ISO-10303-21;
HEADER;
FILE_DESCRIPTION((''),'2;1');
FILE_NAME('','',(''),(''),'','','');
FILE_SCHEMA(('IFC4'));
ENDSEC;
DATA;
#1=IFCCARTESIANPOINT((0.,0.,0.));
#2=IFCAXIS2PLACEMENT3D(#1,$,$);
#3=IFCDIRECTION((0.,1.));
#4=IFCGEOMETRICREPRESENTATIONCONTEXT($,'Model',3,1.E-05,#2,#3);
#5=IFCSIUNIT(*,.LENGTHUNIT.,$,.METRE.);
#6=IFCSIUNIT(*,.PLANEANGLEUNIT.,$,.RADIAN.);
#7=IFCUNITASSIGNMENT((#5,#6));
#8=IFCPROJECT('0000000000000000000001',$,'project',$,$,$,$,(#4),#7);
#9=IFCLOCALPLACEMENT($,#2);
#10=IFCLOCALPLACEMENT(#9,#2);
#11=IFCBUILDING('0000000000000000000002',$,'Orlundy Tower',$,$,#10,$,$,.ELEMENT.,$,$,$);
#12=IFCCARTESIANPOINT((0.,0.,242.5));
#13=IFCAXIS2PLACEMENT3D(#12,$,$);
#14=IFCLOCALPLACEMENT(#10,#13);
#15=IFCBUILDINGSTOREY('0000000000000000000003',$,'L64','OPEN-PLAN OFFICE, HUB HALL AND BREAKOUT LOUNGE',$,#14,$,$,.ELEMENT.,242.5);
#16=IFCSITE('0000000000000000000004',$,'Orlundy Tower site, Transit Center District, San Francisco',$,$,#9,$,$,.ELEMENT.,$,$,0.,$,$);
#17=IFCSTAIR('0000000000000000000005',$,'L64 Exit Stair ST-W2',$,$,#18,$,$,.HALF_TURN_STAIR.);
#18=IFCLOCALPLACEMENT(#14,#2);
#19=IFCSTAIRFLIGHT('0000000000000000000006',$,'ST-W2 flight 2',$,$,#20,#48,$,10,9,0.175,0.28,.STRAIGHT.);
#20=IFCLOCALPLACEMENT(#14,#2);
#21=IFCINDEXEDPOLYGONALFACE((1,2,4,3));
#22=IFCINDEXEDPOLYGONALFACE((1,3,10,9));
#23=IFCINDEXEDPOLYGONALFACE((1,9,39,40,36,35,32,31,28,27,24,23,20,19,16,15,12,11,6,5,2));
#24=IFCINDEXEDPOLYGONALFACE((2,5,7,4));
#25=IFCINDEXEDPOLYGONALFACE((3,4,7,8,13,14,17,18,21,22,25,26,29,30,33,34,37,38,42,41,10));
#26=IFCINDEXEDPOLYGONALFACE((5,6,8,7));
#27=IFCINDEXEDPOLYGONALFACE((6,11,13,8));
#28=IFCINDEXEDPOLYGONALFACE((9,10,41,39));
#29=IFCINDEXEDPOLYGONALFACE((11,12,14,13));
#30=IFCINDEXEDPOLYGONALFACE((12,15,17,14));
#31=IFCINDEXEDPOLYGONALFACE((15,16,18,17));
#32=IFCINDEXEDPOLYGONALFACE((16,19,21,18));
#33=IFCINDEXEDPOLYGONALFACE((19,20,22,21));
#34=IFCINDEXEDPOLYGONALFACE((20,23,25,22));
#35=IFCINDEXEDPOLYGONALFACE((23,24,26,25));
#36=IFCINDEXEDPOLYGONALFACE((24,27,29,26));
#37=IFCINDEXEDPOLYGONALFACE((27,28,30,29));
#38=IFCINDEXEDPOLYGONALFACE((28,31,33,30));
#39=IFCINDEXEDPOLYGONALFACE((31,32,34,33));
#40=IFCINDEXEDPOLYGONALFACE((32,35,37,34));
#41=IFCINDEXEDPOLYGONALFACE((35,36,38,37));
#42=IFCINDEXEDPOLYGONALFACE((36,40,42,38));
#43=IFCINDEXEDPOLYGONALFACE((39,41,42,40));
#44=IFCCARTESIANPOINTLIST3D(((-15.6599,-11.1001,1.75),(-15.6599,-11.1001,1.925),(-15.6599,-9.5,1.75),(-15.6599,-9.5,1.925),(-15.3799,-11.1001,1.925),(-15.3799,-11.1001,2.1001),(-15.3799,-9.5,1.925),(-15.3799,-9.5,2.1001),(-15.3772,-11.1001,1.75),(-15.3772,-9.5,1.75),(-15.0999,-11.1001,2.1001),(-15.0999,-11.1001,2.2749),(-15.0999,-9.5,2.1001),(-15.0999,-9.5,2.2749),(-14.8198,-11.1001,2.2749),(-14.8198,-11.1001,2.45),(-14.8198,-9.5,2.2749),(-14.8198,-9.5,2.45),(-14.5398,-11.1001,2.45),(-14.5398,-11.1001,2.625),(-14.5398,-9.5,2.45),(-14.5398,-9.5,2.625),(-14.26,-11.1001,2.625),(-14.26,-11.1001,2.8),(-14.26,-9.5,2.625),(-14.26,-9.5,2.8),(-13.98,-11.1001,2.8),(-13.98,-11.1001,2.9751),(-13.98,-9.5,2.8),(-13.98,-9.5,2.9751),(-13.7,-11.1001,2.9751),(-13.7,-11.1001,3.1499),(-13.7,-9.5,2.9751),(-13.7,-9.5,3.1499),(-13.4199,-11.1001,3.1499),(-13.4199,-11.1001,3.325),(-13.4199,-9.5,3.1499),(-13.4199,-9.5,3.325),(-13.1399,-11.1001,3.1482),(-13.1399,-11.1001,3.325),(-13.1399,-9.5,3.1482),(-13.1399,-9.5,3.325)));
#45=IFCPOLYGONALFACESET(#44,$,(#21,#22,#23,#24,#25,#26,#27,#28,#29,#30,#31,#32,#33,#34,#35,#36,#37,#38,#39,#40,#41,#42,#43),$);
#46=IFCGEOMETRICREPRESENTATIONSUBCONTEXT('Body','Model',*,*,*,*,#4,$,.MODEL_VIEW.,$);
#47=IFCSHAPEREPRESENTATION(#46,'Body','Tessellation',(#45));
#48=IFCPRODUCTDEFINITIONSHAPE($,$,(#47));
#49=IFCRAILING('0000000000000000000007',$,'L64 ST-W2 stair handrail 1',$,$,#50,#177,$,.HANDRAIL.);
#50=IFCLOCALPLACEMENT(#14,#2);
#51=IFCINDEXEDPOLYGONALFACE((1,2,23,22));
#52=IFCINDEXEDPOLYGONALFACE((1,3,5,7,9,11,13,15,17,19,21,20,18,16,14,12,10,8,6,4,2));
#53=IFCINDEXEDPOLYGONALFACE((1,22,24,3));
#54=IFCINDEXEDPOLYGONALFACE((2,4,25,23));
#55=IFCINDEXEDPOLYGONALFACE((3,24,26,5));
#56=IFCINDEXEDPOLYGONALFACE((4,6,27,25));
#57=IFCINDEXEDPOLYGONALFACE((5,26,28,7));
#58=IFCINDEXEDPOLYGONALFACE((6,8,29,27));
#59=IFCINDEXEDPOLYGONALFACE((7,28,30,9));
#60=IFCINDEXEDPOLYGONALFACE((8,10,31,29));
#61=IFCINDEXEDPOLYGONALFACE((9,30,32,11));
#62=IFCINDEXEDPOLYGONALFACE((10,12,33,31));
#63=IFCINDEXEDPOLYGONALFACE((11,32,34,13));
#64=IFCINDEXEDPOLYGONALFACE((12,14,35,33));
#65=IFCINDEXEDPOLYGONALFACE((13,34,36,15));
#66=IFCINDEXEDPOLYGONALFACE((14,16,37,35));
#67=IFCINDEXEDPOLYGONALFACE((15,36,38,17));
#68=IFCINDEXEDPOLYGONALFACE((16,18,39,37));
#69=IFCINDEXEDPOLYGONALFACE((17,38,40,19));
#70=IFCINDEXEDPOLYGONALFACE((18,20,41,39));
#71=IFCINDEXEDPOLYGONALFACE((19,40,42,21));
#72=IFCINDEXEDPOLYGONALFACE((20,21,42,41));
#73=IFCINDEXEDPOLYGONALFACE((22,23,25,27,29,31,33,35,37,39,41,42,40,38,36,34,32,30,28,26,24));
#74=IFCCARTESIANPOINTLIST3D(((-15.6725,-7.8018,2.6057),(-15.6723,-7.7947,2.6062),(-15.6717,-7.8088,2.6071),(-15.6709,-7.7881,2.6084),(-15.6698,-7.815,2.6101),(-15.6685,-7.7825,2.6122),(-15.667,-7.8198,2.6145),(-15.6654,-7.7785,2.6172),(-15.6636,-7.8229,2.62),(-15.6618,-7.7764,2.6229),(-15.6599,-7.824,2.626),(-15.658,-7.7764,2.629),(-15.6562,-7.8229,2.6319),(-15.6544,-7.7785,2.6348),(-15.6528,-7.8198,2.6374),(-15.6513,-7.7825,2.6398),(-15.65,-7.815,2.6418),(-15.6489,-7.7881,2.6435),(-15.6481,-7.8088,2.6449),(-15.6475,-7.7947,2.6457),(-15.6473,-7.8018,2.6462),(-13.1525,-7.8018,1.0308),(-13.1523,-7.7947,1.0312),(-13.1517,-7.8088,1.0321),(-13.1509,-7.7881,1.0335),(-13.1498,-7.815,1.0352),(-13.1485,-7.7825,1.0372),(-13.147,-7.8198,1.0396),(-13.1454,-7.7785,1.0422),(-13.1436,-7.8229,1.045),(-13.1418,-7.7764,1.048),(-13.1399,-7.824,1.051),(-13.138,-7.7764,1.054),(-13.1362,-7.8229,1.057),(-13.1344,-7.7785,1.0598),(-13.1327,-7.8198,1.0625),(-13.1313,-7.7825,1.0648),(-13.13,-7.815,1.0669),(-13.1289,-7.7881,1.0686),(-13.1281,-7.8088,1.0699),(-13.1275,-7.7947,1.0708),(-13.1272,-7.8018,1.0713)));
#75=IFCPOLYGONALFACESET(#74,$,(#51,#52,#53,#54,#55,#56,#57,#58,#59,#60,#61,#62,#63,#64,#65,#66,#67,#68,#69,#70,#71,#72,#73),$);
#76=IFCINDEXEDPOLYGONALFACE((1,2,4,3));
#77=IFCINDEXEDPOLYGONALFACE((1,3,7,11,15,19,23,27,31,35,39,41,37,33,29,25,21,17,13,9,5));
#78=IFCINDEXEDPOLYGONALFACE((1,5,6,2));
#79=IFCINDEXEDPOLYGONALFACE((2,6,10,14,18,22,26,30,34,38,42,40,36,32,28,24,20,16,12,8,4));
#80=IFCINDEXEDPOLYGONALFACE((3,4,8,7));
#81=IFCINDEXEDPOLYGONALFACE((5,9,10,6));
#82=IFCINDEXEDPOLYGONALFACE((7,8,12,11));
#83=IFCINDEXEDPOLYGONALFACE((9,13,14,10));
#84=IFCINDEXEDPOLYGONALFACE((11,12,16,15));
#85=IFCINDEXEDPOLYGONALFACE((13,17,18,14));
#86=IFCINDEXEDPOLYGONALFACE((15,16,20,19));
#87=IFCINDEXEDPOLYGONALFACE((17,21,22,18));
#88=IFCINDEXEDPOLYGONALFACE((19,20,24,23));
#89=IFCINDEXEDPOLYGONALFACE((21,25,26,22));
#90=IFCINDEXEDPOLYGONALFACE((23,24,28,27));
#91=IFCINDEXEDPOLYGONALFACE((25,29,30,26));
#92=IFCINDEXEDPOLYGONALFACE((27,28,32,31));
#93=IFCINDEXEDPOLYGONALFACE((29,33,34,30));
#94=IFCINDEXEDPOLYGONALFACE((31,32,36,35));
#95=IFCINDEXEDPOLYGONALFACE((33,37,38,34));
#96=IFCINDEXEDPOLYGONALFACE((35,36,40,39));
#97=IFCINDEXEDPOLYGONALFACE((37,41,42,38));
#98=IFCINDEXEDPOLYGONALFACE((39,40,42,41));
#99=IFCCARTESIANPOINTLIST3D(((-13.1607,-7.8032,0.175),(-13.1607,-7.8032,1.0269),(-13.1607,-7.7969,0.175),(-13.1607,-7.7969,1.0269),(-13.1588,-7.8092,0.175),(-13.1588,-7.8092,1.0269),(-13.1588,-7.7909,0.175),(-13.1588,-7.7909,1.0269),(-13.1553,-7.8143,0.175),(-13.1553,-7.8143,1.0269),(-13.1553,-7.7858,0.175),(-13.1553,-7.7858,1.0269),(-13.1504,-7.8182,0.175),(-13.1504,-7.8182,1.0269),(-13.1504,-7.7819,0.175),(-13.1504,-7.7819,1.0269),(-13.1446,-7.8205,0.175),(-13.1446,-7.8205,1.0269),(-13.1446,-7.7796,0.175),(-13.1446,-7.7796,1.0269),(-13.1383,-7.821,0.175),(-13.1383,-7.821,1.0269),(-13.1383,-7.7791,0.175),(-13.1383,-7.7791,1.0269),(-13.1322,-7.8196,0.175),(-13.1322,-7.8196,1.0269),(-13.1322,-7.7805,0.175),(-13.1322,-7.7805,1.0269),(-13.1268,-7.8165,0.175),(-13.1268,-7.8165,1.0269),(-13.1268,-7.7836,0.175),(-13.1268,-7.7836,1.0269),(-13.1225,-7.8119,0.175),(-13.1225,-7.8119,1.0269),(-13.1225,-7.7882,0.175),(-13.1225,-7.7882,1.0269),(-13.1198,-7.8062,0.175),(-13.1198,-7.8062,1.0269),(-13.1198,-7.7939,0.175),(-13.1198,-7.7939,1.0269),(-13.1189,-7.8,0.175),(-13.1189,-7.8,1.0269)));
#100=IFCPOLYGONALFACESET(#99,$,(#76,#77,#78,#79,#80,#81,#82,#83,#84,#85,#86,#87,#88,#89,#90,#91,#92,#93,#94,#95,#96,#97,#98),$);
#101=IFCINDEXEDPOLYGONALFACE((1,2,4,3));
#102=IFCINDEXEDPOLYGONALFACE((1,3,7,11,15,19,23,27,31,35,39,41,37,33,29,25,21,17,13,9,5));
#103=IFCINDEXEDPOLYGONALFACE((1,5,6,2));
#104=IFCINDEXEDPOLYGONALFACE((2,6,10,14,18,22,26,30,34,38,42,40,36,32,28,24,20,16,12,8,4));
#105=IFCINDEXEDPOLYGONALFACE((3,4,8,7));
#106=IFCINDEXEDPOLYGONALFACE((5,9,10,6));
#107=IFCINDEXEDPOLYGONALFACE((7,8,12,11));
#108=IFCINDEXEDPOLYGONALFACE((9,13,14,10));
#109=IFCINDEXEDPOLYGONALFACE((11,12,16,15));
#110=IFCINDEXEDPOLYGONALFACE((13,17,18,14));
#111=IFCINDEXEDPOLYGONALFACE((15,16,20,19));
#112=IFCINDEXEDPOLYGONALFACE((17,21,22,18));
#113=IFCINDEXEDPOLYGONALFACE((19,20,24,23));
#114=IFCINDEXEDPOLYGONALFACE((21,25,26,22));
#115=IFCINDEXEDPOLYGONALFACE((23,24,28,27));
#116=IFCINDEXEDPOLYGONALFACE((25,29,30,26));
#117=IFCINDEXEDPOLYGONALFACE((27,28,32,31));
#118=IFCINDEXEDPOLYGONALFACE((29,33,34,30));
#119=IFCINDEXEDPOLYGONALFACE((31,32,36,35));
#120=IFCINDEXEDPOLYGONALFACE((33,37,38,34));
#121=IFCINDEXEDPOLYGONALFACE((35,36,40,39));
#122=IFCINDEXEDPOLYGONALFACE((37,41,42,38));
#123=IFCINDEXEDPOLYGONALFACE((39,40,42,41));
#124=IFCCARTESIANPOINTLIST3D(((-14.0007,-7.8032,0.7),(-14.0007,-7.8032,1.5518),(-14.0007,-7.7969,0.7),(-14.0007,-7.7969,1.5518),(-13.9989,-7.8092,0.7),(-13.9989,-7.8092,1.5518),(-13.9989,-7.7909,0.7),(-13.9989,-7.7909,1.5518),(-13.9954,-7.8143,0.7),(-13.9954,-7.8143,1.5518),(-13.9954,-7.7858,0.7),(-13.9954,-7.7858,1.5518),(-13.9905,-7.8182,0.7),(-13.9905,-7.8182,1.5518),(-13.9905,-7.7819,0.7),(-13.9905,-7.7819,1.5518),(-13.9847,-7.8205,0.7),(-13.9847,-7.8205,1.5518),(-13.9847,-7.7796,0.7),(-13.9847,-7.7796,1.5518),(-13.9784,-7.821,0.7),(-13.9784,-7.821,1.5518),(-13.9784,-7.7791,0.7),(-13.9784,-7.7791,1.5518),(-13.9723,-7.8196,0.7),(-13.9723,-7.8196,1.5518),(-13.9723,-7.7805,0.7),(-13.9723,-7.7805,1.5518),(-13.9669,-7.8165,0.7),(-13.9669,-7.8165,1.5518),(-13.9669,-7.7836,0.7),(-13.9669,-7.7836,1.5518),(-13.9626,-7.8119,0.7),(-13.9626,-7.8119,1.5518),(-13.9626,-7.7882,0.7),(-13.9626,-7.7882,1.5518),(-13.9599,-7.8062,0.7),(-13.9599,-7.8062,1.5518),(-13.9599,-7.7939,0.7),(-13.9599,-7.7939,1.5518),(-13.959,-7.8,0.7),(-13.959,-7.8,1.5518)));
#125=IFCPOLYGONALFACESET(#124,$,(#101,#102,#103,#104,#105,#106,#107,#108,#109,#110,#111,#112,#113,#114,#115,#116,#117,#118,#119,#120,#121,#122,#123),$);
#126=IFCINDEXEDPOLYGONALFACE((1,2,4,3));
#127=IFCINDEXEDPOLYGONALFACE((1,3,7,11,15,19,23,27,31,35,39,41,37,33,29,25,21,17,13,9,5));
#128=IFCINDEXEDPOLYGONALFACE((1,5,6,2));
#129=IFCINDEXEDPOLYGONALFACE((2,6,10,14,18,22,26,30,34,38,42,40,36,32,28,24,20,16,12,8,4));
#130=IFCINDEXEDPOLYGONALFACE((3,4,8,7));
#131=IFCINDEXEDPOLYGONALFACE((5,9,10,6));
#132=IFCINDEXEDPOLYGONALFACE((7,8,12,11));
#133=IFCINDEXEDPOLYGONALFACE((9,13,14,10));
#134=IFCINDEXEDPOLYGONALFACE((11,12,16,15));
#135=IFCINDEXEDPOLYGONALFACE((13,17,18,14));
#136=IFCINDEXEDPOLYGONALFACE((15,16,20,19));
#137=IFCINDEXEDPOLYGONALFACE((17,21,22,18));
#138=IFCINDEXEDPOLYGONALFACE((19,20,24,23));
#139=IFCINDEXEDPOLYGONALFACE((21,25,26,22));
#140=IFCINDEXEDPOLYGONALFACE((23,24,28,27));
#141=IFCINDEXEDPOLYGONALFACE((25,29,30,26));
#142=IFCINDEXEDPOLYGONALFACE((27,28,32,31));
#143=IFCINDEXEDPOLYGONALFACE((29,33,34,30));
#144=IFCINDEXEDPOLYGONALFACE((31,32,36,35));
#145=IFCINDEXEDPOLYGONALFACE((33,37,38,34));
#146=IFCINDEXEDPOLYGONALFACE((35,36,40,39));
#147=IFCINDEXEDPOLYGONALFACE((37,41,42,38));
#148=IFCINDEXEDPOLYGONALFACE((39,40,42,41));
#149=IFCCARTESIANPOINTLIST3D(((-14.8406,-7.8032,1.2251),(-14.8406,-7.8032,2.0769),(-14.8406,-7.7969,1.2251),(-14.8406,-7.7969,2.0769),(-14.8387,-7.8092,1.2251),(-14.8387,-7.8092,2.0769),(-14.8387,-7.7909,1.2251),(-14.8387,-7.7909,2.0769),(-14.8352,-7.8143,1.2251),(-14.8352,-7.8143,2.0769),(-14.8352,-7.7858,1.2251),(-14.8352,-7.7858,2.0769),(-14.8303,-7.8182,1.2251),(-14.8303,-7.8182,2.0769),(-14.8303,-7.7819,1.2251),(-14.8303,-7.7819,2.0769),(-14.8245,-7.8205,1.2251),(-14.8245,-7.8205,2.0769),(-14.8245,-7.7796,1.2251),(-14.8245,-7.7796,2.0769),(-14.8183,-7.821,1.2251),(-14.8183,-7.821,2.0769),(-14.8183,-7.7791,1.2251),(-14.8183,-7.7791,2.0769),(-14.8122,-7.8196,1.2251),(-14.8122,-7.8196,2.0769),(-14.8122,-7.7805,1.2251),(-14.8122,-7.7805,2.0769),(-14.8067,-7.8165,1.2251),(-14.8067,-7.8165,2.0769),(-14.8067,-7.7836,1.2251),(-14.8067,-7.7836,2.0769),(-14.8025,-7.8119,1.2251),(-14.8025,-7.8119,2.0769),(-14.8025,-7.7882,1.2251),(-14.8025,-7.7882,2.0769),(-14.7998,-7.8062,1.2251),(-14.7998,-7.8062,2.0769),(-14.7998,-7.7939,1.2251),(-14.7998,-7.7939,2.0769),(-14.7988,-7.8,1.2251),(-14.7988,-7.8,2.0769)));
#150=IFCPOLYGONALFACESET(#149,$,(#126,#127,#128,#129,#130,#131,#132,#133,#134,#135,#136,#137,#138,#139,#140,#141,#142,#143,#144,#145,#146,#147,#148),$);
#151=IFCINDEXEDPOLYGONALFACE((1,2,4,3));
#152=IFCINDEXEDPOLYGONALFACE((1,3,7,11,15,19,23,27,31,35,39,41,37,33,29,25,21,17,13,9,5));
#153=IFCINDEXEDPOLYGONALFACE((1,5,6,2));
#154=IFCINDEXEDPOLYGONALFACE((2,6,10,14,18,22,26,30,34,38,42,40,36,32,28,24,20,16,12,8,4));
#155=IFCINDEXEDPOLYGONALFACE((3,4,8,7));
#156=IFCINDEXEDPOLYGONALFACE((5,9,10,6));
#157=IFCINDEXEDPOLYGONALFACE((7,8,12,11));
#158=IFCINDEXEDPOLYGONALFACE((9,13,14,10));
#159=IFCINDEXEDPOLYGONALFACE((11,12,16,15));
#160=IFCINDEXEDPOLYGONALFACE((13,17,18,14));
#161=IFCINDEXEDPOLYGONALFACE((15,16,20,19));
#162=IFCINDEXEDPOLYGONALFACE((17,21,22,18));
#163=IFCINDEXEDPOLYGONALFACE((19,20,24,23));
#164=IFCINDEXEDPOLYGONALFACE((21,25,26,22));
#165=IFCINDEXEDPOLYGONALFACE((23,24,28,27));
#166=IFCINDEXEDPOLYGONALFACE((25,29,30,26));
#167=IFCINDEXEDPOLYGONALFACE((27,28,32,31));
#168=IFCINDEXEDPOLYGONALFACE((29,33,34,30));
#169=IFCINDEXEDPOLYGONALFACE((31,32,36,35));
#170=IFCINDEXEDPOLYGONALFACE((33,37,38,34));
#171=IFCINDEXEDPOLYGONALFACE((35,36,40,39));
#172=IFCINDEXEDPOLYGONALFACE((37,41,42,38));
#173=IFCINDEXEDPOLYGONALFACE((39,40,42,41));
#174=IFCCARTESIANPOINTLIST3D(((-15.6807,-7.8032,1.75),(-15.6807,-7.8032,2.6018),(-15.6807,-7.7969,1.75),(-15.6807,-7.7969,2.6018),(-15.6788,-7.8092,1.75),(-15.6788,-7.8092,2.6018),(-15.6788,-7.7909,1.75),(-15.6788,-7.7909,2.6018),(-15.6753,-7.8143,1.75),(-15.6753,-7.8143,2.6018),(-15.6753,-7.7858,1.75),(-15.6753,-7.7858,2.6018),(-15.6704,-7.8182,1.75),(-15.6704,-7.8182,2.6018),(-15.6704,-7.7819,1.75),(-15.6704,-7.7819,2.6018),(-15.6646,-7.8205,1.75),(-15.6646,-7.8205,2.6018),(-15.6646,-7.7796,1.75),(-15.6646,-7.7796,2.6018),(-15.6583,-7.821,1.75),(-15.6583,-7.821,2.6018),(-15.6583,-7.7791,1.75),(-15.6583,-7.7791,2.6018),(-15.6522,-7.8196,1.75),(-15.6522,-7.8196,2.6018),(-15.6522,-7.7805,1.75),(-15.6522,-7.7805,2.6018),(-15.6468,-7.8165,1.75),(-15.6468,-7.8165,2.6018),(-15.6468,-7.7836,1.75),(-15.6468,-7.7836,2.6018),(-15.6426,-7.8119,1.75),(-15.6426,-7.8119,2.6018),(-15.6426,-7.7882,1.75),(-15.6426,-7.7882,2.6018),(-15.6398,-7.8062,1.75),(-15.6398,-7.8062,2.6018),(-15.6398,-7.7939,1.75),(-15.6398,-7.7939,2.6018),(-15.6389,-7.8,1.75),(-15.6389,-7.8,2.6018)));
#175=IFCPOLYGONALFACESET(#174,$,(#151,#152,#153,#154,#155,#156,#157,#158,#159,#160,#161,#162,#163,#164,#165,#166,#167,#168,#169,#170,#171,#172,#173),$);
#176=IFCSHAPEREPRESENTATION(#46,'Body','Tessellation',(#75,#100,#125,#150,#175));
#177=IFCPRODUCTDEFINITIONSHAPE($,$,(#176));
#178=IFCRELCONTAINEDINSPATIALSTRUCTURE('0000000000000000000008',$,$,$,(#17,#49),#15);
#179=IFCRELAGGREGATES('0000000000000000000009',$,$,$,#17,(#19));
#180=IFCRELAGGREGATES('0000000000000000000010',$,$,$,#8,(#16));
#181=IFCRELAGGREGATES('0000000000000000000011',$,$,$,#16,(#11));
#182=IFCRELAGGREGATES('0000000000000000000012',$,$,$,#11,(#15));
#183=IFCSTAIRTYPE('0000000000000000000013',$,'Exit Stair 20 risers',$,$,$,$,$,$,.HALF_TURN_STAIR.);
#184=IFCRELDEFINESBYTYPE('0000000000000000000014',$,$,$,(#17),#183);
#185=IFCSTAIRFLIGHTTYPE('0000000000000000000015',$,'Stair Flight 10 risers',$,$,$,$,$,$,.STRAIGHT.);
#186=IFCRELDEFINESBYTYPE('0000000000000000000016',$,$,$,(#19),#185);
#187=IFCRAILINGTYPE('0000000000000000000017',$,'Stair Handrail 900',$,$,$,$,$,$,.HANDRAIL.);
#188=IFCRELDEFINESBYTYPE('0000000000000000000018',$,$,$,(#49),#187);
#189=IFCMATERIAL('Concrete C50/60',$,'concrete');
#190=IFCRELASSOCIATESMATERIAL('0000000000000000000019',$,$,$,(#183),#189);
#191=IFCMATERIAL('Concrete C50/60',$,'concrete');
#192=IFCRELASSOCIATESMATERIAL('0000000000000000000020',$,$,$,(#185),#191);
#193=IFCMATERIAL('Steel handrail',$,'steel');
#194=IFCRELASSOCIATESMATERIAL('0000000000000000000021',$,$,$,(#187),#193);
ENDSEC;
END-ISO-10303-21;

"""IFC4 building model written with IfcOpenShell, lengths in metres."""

from ifc_helpers import new_model, si_unit, direction, frame, origin, origin_2d, place, context, subcontext, project, spatial, polyline, circle, outline, extrude, material, type_object, element, aggregate, save


model = new_model("IFC4")

# Units and contexts
model_context = context("Model", 3, precision=1e-05, world=origin(), true_north=direction((0.0, 1.0)))
body_context = subcontext(model_context, "Body", "Model", "MODEL_VIEW")
ifc_project = project(units=[si_unit("LENGTHUNIT", "METRE"), si_unit("PLANEANGLEUNIT", "RADIAN")], contexts=[model_context])

# Site, building, storey
site_placement = place(None, origin())
site = spatial("IfcSite", under=ifc_project, at=site_placement, Name="Orlundy Tower site, Transit Center District, San Francisco", CompositionType="ELEMENT", RefElevation=0.0)
building_placement = place(site_placement, origin())
building = spatial("IfcBuilding", under=site, at=building_placement, Name="Orlundy Tower", CompositionType="ELEMENT")
storey_placement = place(building_placement, frame((0.0, 0.0, 242.5)))
storey = spatial("IfcBuildingStorey", under=building, at=storey_placement, Name="L64", Description="OPEN-PLAN OFFICE, HUB HALL AND BREAKOUT LOUNGE", CompositionType="ELEMENT", Elevation=242.5)

# Stair, stair flight
ifc_material_1 = material(Name="Concrete C50/60", Category="concrete")
stair_type = type_object("IfcStairType", Name="Exit Stair 20 risers", PredefinedType="HALF_TURN_STAIR", material=ifc_material_1)
stair_placement = place(storey_placement, origin())
stair = element("IfcStair", 1, at=stair_placement, inside=storey, type_object=stair_type, Name="L64 Exit Stair ST-W2", PredefinedType="HALF_TURN_STAIR")
ifc_material_2 = material(Name="Concrete C50/60", Category="concrete")
stair_flight_type = type_object("IfcStairFlightType", Name="Stair Flight 10 risers", PredefinedType="STRAIGHT", material=ifc_material_2)
stair_flight_1_placement = place(storey_placement, frame((-15.6599, -10.3, 1.75), z_axis=(0.0, 0.0, 1.0), x_axis=(1.0, 0.0, 0.0)))
stair_flight_1 = element("IfcStairFlight", 2, at=stair_flight_1_placement, type_object=stair_flight_type, Name="ST-W2 flight 2", NumberOfRisers=10, NumberOfTreads=9, PredefinedType="STRAIGHT", RiserHeight=0.175, TreadLength=0.28, context=body_context, shape_type="SweptSolid", body=[
    extrude(outline(polyline([(0.0, 0.0), (0.0, 0.175), (0.28, 0.175), (0.28, 0.3501), (0.5601, 0.3501), (0.5601, 0.5249), (0.8401, 0.5249), (0.8401, 0.7), (1.1201, 0.7), (1.1201, 0.875), (1.3999, 0.875), (1.3999, 1.05), (1.6799, 1.05), (1.6799, 1.2251), (1.96, 1.2251), (1.96, 1.3999), (2.24, 1.3999), (2.24, 1.575), (2.52, 1.575), (2.52, 1.75), (2.52, 1.3982), (0.2827, 0.0), (0.0, 0.0)])), frame((0.0, 0.8, 0.0), z_axis=(0.0, -1.0, 0.0), x_axis=(1.0, 0.0, 0.0)), (0.0, 0.0, 1.0), 1.6001),
])
aggregate(stair, [stair_flight_1])

# Railing
ifc_material_3 = material(Name="Steel handrail", Category="steel")
railing_type_1 = type_object("IfcRailingType", Name="Stair Handrail 900", PredefinedType="HANDRAIL", material=ifc_material_3)
railing_1_placement = place(storey_placement, frame((-13.1399, -7.8, 0.175)))
element("IfcRailing", 3, at=railing_1_placement, inside=storey, type_object=railing_type_1, Name="L64 ST-W2 stair handrail 1", PredefinedType="HANDRAIL", context=body_context, shape_type="SweptSolid", body=[
    extrude(circle(Radius=0.0239, at=origin_2d()), frame((0.0, 0.0, 0.876), z_axis=(-0.848008, 0.0, 0.529984), x_axis=(0.0, -1.0, 0.0)), (0.0, 0.0, 1.0), 2.9717),
    extrude(circle(Radius=0.021, at=origin_2d()), origin(), (0.0, 0.0, 1.0), 0.8518),
    extrude(circle(Radius=0.021, at=origin_2d()), frame((-0.8401, 0.0, 0.5249)), (0.0, 0.0, 1.0), 0.8518),
    extrude(circle(Radius=0.021, at=origin_2d()), frame((-1.6799, 0.0, 1.05)), (0.0, 0.0, 1.0), 0.8518),
    extrude(circle(Radius=0.021, at=origin_2d()), frame((-2.52, 0.0, 1.575)), (0.0, 0.0, 1.0), 0.8518),
])

save(model, "model.ifc")
